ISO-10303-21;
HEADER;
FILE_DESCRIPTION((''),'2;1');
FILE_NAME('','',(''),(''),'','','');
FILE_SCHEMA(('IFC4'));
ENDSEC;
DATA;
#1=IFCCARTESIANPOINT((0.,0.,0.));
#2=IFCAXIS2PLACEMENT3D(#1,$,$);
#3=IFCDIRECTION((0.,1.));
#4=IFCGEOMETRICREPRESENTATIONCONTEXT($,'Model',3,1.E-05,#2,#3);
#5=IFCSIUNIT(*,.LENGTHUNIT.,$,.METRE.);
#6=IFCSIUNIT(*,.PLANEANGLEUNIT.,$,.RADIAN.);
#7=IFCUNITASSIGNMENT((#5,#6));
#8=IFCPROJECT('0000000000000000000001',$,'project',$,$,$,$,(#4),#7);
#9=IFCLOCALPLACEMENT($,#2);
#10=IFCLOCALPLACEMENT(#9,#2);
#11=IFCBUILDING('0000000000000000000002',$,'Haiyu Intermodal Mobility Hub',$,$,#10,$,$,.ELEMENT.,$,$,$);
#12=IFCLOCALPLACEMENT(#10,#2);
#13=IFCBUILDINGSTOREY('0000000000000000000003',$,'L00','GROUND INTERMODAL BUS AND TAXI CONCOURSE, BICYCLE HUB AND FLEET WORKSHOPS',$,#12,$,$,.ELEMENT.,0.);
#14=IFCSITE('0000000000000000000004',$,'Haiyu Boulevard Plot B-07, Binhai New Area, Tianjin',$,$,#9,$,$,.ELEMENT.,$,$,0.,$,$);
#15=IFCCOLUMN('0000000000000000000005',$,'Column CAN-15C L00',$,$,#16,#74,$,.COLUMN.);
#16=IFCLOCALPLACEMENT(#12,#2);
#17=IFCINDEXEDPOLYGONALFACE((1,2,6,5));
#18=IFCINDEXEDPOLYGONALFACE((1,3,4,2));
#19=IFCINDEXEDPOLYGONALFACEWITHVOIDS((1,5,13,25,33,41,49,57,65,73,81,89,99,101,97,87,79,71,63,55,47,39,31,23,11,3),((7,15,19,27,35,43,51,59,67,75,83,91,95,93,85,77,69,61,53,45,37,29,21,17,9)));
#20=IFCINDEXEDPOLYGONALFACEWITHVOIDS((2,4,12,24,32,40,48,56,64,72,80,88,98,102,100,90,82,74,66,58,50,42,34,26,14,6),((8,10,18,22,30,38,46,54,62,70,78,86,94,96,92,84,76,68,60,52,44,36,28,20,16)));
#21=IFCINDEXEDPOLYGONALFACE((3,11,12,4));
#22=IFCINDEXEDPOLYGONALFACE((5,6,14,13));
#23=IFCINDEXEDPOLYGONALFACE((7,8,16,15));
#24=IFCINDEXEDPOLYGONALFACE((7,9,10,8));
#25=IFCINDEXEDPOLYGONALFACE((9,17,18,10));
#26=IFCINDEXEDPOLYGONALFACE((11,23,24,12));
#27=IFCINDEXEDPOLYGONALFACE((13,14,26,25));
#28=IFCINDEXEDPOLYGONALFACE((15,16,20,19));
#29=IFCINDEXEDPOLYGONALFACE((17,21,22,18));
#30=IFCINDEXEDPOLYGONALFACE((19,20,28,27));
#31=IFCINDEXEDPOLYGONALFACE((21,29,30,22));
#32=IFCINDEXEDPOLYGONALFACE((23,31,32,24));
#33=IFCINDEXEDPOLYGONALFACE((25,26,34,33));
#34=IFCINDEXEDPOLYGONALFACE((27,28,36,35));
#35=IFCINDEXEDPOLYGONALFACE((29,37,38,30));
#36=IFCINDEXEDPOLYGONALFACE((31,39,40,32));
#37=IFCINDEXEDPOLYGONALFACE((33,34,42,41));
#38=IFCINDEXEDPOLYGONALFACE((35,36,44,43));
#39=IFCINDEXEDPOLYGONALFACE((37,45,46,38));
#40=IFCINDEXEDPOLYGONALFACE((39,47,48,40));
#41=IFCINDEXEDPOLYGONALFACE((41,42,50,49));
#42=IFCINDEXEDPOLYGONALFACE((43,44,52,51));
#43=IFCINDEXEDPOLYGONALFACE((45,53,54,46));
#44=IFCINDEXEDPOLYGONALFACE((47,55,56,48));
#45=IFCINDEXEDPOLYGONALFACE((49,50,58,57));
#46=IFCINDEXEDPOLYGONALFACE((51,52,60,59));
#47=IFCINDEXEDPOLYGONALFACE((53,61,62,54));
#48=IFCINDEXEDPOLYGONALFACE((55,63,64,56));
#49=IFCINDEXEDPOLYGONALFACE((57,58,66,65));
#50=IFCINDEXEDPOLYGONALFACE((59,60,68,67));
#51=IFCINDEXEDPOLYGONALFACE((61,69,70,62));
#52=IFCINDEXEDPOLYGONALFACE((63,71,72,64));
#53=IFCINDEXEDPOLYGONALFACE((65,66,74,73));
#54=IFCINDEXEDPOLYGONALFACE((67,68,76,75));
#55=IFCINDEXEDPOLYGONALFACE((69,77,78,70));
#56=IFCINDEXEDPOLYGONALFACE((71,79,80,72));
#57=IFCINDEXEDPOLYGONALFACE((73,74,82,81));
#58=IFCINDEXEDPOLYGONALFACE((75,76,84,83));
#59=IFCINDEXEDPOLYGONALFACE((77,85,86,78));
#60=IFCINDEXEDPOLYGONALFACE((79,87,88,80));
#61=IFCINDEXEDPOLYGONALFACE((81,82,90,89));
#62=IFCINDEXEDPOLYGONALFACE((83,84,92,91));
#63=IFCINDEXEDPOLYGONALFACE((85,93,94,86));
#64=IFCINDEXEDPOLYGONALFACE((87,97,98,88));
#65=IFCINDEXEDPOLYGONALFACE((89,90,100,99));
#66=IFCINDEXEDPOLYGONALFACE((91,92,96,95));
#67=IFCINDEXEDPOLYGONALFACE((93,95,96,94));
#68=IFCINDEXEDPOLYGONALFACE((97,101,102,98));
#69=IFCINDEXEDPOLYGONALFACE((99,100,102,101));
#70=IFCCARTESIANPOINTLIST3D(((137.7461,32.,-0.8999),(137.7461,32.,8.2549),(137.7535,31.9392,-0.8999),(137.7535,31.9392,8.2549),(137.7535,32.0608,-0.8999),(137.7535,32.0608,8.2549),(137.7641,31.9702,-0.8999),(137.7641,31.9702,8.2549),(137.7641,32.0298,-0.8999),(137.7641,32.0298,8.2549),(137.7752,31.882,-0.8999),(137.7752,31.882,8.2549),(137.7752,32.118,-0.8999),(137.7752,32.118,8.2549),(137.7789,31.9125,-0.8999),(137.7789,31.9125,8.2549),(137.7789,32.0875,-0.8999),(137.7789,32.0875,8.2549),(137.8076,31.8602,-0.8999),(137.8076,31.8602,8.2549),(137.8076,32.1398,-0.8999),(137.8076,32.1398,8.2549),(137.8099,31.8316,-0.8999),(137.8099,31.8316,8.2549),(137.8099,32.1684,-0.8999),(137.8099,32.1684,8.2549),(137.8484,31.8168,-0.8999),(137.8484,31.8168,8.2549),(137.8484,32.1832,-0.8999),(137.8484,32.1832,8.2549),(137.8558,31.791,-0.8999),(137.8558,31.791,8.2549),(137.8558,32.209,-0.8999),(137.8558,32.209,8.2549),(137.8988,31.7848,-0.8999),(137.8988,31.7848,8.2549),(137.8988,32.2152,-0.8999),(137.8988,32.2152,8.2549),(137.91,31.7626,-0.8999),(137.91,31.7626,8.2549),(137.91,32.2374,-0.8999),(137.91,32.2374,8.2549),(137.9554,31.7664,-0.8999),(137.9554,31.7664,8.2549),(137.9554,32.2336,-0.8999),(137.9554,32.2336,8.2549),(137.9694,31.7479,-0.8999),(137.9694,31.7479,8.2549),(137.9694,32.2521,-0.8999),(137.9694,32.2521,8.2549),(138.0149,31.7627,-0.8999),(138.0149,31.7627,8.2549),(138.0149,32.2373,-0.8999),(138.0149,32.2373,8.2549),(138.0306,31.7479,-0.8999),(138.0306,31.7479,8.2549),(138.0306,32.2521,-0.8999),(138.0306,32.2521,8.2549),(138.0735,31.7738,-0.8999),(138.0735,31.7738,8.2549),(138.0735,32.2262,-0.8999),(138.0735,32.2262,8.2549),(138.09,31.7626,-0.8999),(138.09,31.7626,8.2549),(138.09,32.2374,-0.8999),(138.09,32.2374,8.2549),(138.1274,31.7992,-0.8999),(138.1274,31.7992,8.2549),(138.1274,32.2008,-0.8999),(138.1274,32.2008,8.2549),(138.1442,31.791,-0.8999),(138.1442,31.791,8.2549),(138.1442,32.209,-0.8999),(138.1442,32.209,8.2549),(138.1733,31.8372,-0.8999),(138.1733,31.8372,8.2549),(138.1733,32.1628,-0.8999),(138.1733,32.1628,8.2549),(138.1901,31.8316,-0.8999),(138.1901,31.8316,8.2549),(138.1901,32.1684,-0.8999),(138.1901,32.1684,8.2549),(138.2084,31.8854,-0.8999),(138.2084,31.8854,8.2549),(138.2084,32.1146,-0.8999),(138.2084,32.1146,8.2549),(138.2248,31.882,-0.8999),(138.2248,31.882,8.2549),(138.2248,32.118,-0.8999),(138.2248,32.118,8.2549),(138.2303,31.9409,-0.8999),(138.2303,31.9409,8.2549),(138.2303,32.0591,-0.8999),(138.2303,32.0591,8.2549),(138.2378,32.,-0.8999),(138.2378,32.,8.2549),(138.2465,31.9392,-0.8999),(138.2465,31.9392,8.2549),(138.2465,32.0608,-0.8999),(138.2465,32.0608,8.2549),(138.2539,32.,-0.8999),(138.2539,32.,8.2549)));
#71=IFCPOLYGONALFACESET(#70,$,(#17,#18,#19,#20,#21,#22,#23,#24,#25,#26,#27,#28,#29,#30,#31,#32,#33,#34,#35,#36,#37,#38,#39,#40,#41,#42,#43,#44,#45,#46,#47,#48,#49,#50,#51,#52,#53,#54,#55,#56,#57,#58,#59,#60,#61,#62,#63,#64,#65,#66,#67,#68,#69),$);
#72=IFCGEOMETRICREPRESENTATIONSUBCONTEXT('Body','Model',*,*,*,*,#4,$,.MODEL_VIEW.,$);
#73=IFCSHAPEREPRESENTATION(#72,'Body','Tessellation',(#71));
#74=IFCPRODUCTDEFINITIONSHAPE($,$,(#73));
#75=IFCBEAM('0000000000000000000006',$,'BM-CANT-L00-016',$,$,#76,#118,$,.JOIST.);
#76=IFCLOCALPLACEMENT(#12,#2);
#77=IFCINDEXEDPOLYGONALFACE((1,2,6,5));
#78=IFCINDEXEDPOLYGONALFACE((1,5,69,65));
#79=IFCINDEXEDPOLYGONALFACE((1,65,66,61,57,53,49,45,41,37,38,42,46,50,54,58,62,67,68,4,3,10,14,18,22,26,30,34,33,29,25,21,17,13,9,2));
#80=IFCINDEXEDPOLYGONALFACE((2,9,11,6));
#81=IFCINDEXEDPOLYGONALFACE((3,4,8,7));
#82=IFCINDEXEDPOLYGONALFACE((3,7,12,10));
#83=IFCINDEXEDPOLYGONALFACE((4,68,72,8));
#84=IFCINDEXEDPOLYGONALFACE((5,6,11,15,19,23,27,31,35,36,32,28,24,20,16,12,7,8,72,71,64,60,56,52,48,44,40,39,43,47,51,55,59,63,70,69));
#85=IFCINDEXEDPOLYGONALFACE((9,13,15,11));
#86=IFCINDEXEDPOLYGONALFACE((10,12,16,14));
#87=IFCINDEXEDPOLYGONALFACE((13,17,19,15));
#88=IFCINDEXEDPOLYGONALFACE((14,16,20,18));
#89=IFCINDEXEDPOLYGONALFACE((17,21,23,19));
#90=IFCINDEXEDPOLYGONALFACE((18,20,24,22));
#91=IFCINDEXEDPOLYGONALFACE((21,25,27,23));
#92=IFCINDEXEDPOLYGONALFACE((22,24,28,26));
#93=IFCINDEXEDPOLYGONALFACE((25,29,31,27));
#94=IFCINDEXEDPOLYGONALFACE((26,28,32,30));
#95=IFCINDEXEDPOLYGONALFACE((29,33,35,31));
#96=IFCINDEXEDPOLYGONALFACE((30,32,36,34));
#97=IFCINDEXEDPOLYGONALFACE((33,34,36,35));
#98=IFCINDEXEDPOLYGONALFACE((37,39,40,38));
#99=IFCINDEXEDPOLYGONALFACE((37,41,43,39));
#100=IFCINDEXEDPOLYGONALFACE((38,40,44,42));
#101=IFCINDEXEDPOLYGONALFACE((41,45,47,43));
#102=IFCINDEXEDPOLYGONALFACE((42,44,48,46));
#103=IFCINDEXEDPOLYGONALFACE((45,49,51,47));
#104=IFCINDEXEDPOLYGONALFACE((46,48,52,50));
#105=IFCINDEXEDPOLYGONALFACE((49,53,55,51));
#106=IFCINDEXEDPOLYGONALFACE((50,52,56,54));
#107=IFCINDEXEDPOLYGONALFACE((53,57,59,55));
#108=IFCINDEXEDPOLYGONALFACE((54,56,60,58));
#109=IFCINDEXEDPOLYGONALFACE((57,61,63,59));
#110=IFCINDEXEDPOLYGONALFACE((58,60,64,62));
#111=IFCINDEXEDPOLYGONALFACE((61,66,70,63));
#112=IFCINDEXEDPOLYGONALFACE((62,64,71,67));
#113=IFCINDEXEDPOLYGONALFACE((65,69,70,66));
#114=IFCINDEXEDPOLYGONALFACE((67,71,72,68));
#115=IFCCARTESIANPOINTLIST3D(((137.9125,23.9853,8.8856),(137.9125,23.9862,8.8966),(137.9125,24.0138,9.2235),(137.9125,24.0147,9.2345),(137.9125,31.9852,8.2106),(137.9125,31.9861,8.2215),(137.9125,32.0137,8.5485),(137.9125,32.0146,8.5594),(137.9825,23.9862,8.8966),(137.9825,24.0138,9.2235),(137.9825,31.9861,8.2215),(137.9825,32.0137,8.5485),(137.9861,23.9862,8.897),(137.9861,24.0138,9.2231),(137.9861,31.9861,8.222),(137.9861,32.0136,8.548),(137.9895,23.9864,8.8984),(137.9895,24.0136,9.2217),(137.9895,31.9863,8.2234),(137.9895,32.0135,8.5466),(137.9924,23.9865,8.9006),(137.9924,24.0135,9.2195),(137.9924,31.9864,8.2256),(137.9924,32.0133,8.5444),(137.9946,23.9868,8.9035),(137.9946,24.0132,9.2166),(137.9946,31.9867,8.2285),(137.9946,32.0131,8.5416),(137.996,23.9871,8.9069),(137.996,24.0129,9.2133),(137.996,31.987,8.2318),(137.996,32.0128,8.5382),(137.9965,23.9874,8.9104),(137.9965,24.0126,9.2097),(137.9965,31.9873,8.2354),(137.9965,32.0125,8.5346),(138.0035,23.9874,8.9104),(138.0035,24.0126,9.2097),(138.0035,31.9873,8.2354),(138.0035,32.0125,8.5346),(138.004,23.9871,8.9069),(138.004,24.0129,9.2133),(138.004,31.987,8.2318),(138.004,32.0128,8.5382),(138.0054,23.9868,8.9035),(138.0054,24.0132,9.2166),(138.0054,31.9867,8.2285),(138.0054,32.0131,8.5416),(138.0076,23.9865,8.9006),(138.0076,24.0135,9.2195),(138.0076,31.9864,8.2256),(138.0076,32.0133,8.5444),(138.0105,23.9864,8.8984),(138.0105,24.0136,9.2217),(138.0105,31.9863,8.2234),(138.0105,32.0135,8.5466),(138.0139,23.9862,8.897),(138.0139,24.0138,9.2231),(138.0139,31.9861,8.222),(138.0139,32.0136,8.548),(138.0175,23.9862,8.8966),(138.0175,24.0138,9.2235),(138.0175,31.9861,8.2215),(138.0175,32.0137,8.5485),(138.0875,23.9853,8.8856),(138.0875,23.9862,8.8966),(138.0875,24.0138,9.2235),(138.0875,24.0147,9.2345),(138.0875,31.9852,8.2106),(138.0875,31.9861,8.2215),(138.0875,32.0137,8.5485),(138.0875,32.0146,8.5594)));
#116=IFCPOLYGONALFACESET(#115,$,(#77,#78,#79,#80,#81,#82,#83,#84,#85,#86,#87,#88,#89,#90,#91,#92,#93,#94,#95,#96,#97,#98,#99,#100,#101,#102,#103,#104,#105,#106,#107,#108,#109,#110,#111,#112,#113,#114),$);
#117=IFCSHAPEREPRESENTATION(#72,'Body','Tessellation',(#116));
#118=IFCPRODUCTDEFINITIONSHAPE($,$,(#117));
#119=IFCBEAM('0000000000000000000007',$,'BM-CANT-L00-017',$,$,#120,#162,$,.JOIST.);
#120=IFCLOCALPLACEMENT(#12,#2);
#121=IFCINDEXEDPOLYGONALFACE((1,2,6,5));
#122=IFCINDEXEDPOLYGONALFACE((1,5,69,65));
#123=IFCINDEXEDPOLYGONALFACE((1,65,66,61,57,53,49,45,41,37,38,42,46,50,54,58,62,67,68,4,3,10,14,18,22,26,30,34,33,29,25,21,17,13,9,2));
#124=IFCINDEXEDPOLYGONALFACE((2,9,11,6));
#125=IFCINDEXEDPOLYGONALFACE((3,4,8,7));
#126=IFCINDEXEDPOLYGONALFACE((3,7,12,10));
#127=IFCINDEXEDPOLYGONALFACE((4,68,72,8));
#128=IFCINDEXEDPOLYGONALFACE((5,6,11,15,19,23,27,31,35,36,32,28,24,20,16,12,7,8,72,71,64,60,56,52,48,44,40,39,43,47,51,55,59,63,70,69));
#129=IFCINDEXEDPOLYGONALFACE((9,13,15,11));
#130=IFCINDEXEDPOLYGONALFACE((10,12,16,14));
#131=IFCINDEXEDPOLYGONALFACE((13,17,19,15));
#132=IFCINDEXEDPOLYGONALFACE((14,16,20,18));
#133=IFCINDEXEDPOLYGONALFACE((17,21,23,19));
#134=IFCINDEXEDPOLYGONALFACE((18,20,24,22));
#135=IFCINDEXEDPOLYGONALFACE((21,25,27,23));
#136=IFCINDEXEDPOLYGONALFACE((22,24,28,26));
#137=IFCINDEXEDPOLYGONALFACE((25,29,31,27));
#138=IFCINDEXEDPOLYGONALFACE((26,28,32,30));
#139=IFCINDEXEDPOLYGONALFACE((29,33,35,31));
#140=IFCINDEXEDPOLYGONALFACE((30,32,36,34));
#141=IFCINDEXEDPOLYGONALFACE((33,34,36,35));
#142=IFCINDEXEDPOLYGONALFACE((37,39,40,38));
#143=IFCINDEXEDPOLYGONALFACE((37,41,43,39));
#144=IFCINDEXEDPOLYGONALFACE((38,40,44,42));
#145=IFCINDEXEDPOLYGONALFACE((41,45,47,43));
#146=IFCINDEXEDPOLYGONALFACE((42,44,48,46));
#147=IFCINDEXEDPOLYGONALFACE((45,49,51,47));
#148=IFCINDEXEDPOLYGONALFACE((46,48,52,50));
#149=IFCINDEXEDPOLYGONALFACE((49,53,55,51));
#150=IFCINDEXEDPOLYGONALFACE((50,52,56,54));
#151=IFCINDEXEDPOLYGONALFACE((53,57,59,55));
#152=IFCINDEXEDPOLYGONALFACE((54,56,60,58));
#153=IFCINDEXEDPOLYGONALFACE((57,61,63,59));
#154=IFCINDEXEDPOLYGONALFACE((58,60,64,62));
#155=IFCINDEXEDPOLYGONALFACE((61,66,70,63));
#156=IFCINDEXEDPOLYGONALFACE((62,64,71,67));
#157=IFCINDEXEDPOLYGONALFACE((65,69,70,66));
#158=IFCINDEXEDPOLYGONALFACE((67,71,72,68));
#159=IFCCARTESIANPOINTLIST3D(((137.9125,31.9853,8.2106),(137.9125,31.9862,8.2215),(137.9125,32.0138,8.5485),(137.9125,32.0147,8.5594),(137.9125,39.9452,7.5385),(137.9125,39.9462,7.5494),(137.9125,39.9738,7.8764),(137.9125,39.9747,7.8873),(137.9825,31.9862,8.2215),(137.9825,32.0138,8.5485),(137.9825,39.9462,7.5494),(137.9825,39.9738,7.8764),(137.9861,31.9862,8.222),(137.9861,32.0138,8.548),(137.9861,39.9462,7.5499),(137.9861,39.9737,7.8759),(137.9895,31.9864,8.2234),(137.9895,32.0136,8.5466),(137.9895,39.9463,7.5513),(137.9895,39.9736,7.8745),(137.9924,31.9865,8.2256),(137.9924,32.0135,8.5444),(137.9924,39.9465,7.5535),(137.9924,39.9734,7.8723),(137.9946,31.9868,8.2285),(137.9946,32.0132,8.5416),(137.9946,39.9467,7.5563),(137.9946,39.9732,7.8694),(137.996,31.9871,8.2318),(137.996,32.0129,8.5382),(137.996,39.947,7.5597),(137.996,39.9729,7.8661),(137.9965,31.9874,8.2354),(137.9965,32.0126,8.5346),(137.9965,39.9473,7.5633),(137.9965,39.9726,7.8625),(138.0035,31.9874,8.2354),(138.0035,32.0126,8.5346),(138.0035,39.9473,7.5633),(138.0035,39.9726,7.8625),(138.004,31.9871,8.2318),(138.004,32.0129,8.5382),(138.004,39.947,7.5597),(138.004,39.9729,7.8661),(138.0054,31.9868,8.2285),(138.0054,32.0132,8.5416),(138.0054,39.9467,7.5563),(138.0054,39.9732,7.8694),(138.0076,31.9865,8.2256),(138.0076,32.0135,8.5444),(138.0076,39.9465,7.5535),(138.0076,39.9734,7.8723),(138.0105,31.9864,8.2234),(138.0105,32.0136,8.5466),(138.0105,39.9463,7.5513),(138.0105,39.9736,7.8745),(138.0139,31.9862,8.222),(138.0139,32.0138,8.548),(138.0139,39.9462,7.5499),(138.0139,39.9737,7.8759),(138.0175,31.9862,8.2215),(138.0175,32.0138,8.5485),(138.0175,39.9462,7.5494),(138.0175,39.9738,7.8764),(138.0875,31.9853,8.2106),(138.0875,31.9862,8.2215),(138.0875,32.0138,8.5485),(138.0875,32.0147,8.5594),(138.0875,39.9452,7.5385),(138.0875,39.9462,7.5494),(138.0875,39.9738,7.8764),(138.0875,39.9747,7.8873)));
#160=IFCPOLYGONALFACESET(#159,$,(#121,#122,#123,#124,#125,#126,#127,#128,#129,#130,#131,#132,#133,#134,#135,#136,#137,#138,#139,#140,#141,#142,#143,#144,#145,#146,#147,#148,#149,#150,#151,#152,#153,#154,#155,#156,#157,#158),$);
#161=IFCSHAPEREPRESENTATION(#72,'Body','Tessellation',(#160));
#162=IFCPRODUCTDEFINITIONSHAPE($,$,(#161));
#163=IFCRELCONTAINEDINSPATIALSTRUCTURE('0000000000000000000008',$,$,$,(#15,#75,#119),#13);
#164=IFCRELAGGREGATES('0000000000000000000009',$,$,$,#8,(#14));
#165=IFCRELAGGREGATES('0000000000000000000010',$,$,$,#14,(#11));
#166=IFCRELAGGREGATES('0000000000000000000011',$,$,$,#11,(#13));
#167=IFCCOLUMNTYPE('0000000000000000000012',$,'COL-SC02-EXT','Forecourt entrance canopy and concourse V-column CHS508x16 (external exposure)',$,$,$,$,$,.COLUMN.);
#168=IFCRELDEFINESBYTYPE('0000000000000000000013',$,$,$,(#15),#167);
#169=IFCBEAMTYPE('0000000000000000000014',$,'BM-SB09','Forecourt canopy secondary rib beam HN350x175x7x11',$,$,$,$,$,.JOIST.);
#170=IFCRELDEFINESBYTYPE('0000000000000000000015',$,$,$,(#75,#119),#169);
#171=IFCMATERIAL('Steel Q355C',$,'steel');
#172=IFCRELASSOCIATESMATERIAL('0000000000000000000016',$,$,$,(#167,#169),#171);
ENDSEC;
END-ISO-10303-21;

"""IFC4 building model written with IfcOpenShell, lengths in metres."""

from ifc_helpers import new_model, si_unit, direction, frame, origin, origin_2d, place, context, subcontext, project, spatial, hollow_circle, i_section, extrude, material, material_profile, profile_set, type_object, element, save


model = new_model("IFC4")

# Units and contexts
model_context = context("Model", 3, precision=1e-05, world=origin(), true_north=direction((0.0, 1.0)))
body_context = subcontext(model_context, "Body", "Model", "MODEL_VIEW")
ifc_project = project(units=[si_unit("LENGTHUNIT", "METRE"), si_unit("PLANEANGLEUNIT", "RADIAN")], contexts=[model_context])

# Site, building, storey
site_placement = place(None, origin())
site = spatial("IfcSite", under=ifc_project, at=site_placement, Name="Haiyu Boulevard Plot B-07, Binhai New Area, Tianjin", CompositionType="ELEMENT", RefElevation=0.0)
building_placement = place(site_placement, origin())
building = spatial("IfcBuilding", under=site, at=building_placement, Name="Haiyu Intermodal Mobility Hub", CompositionType="ELEMENT")
storey_placement = place(building_placement, origin())
storey = spatial("IfcBuildingStorey", under=building, at=storey_placement, Name="L00", Description="GROUND INTERMODAL BUS AND TAXI CONCOURSE, BICYCLE HUB AND FLEET WORKSHOPS", CompositionType="ELEMENT", Elevation=0.0)

# Column
ifc_material_1 = material(Name="Steel Q355C", Category="steel")
ifc_material_profile_1 = material_profile(ifc_material_1, hollow_circle(Radius=0.2539, WallThickness=0.0161, at=origin_2d()), Name="CHS508x16")
ifc_profile_set_1 = profile_set([ifc_material_profile_1], Name="Steel Q355C")
column_type = type_object("IfcColumnType", Name="COL-SC02-EXT", Description="Forecourt entrance canopy and concourse V-column CHS508x16 (external exposure)", PredefinedType="COLUMN", material=ifc_profile_set_1)
column_1_placement = place(storey_placement, frame((138.0, 32.0, -0.8999), z_axis=(0.0, 0.0, 1.0), x_axis=(1.0, 0.0, 0.0)))
element("IfcColumn", 1, at=column_1_placement, inside=storey, type_object=column_type, Name="Column CAN-15C L00", PredefinedType="COLUMN", context=body_context, shape_type="SweptSolid", body=[
    extrude(hollow_circle(Radius=0.2539, WallThickness=0.0161, at=origin_2d()), origin(), (0.0, 0.0, 1.0), 9.1548),
])

# Beams
ifc_material_profile_2 = material_profile(ifc_material_1, i_section(OverallWidth=0.175, OverallDepth=0.3501, WebThickness=0.0071, FlangeThickness=0.011, FilletRadius=0.0139, at=origin_2d()), Name="HN350x175x7x11")
ifc_profile_set_2 = profile_set([ifc_material_profile_2], Name="Steel Q355C")
beam_type = type_object("IfcBeamType", Name="BM-SB09", Description="Forecourt canopy secondary rib beam HN350x175x7x11", PredefinedType="JOIST", material=ifc_profile_set_2)
beam_1_placement = place(storey_placement, frame((138.0, 24.0, 9.0601), z_axis=(0.0, 0.996459, -0.084082), x_axis=(-1.0, 0.0, 0.0)))
element("IfcBeam", 2, at=beam_1_placement, inside=storey, type_object=beam_type, Name="BM-CANT-L00-016", PredefinedType="JOIST", context=body_context, shape_type="SweptSolid", body=[
    extrude(i_section(OverallWidth=0.175, OverallDepth=0.3501, WebThickness=0.0071, FlangeThickness=0.011, FilletRadius=0.0139, at=origin_2d()), origin(), (0.0, 0.0, 1.0), 8.0283),
])
beam_2_placement = place(storey_placement, frame((138.0, 32.0, 8.385), z_axis=(0.0, 0.996454, -0.084138), x_axis=(-1.0, 0.0, 0.0)))
element("IfcBeam", 3, at=beam_2_placement, inside=storey, type_object=beam_type, Name="BM-CANT-L00-017", PredefinedType="JOIST", context=body_context, shape_type="SweptSolid", body=[
    extrude(i_section(OverallWidth=0.175, OverallDepth=0.3501, WebThickness=0.0071, FlangeThickness=0.011, FilletRadius=0.0139, at=origin_2d()), origin(), (0.0, 0.0, 1.0), 7.9883),
])

save(model, "model.ifc")
